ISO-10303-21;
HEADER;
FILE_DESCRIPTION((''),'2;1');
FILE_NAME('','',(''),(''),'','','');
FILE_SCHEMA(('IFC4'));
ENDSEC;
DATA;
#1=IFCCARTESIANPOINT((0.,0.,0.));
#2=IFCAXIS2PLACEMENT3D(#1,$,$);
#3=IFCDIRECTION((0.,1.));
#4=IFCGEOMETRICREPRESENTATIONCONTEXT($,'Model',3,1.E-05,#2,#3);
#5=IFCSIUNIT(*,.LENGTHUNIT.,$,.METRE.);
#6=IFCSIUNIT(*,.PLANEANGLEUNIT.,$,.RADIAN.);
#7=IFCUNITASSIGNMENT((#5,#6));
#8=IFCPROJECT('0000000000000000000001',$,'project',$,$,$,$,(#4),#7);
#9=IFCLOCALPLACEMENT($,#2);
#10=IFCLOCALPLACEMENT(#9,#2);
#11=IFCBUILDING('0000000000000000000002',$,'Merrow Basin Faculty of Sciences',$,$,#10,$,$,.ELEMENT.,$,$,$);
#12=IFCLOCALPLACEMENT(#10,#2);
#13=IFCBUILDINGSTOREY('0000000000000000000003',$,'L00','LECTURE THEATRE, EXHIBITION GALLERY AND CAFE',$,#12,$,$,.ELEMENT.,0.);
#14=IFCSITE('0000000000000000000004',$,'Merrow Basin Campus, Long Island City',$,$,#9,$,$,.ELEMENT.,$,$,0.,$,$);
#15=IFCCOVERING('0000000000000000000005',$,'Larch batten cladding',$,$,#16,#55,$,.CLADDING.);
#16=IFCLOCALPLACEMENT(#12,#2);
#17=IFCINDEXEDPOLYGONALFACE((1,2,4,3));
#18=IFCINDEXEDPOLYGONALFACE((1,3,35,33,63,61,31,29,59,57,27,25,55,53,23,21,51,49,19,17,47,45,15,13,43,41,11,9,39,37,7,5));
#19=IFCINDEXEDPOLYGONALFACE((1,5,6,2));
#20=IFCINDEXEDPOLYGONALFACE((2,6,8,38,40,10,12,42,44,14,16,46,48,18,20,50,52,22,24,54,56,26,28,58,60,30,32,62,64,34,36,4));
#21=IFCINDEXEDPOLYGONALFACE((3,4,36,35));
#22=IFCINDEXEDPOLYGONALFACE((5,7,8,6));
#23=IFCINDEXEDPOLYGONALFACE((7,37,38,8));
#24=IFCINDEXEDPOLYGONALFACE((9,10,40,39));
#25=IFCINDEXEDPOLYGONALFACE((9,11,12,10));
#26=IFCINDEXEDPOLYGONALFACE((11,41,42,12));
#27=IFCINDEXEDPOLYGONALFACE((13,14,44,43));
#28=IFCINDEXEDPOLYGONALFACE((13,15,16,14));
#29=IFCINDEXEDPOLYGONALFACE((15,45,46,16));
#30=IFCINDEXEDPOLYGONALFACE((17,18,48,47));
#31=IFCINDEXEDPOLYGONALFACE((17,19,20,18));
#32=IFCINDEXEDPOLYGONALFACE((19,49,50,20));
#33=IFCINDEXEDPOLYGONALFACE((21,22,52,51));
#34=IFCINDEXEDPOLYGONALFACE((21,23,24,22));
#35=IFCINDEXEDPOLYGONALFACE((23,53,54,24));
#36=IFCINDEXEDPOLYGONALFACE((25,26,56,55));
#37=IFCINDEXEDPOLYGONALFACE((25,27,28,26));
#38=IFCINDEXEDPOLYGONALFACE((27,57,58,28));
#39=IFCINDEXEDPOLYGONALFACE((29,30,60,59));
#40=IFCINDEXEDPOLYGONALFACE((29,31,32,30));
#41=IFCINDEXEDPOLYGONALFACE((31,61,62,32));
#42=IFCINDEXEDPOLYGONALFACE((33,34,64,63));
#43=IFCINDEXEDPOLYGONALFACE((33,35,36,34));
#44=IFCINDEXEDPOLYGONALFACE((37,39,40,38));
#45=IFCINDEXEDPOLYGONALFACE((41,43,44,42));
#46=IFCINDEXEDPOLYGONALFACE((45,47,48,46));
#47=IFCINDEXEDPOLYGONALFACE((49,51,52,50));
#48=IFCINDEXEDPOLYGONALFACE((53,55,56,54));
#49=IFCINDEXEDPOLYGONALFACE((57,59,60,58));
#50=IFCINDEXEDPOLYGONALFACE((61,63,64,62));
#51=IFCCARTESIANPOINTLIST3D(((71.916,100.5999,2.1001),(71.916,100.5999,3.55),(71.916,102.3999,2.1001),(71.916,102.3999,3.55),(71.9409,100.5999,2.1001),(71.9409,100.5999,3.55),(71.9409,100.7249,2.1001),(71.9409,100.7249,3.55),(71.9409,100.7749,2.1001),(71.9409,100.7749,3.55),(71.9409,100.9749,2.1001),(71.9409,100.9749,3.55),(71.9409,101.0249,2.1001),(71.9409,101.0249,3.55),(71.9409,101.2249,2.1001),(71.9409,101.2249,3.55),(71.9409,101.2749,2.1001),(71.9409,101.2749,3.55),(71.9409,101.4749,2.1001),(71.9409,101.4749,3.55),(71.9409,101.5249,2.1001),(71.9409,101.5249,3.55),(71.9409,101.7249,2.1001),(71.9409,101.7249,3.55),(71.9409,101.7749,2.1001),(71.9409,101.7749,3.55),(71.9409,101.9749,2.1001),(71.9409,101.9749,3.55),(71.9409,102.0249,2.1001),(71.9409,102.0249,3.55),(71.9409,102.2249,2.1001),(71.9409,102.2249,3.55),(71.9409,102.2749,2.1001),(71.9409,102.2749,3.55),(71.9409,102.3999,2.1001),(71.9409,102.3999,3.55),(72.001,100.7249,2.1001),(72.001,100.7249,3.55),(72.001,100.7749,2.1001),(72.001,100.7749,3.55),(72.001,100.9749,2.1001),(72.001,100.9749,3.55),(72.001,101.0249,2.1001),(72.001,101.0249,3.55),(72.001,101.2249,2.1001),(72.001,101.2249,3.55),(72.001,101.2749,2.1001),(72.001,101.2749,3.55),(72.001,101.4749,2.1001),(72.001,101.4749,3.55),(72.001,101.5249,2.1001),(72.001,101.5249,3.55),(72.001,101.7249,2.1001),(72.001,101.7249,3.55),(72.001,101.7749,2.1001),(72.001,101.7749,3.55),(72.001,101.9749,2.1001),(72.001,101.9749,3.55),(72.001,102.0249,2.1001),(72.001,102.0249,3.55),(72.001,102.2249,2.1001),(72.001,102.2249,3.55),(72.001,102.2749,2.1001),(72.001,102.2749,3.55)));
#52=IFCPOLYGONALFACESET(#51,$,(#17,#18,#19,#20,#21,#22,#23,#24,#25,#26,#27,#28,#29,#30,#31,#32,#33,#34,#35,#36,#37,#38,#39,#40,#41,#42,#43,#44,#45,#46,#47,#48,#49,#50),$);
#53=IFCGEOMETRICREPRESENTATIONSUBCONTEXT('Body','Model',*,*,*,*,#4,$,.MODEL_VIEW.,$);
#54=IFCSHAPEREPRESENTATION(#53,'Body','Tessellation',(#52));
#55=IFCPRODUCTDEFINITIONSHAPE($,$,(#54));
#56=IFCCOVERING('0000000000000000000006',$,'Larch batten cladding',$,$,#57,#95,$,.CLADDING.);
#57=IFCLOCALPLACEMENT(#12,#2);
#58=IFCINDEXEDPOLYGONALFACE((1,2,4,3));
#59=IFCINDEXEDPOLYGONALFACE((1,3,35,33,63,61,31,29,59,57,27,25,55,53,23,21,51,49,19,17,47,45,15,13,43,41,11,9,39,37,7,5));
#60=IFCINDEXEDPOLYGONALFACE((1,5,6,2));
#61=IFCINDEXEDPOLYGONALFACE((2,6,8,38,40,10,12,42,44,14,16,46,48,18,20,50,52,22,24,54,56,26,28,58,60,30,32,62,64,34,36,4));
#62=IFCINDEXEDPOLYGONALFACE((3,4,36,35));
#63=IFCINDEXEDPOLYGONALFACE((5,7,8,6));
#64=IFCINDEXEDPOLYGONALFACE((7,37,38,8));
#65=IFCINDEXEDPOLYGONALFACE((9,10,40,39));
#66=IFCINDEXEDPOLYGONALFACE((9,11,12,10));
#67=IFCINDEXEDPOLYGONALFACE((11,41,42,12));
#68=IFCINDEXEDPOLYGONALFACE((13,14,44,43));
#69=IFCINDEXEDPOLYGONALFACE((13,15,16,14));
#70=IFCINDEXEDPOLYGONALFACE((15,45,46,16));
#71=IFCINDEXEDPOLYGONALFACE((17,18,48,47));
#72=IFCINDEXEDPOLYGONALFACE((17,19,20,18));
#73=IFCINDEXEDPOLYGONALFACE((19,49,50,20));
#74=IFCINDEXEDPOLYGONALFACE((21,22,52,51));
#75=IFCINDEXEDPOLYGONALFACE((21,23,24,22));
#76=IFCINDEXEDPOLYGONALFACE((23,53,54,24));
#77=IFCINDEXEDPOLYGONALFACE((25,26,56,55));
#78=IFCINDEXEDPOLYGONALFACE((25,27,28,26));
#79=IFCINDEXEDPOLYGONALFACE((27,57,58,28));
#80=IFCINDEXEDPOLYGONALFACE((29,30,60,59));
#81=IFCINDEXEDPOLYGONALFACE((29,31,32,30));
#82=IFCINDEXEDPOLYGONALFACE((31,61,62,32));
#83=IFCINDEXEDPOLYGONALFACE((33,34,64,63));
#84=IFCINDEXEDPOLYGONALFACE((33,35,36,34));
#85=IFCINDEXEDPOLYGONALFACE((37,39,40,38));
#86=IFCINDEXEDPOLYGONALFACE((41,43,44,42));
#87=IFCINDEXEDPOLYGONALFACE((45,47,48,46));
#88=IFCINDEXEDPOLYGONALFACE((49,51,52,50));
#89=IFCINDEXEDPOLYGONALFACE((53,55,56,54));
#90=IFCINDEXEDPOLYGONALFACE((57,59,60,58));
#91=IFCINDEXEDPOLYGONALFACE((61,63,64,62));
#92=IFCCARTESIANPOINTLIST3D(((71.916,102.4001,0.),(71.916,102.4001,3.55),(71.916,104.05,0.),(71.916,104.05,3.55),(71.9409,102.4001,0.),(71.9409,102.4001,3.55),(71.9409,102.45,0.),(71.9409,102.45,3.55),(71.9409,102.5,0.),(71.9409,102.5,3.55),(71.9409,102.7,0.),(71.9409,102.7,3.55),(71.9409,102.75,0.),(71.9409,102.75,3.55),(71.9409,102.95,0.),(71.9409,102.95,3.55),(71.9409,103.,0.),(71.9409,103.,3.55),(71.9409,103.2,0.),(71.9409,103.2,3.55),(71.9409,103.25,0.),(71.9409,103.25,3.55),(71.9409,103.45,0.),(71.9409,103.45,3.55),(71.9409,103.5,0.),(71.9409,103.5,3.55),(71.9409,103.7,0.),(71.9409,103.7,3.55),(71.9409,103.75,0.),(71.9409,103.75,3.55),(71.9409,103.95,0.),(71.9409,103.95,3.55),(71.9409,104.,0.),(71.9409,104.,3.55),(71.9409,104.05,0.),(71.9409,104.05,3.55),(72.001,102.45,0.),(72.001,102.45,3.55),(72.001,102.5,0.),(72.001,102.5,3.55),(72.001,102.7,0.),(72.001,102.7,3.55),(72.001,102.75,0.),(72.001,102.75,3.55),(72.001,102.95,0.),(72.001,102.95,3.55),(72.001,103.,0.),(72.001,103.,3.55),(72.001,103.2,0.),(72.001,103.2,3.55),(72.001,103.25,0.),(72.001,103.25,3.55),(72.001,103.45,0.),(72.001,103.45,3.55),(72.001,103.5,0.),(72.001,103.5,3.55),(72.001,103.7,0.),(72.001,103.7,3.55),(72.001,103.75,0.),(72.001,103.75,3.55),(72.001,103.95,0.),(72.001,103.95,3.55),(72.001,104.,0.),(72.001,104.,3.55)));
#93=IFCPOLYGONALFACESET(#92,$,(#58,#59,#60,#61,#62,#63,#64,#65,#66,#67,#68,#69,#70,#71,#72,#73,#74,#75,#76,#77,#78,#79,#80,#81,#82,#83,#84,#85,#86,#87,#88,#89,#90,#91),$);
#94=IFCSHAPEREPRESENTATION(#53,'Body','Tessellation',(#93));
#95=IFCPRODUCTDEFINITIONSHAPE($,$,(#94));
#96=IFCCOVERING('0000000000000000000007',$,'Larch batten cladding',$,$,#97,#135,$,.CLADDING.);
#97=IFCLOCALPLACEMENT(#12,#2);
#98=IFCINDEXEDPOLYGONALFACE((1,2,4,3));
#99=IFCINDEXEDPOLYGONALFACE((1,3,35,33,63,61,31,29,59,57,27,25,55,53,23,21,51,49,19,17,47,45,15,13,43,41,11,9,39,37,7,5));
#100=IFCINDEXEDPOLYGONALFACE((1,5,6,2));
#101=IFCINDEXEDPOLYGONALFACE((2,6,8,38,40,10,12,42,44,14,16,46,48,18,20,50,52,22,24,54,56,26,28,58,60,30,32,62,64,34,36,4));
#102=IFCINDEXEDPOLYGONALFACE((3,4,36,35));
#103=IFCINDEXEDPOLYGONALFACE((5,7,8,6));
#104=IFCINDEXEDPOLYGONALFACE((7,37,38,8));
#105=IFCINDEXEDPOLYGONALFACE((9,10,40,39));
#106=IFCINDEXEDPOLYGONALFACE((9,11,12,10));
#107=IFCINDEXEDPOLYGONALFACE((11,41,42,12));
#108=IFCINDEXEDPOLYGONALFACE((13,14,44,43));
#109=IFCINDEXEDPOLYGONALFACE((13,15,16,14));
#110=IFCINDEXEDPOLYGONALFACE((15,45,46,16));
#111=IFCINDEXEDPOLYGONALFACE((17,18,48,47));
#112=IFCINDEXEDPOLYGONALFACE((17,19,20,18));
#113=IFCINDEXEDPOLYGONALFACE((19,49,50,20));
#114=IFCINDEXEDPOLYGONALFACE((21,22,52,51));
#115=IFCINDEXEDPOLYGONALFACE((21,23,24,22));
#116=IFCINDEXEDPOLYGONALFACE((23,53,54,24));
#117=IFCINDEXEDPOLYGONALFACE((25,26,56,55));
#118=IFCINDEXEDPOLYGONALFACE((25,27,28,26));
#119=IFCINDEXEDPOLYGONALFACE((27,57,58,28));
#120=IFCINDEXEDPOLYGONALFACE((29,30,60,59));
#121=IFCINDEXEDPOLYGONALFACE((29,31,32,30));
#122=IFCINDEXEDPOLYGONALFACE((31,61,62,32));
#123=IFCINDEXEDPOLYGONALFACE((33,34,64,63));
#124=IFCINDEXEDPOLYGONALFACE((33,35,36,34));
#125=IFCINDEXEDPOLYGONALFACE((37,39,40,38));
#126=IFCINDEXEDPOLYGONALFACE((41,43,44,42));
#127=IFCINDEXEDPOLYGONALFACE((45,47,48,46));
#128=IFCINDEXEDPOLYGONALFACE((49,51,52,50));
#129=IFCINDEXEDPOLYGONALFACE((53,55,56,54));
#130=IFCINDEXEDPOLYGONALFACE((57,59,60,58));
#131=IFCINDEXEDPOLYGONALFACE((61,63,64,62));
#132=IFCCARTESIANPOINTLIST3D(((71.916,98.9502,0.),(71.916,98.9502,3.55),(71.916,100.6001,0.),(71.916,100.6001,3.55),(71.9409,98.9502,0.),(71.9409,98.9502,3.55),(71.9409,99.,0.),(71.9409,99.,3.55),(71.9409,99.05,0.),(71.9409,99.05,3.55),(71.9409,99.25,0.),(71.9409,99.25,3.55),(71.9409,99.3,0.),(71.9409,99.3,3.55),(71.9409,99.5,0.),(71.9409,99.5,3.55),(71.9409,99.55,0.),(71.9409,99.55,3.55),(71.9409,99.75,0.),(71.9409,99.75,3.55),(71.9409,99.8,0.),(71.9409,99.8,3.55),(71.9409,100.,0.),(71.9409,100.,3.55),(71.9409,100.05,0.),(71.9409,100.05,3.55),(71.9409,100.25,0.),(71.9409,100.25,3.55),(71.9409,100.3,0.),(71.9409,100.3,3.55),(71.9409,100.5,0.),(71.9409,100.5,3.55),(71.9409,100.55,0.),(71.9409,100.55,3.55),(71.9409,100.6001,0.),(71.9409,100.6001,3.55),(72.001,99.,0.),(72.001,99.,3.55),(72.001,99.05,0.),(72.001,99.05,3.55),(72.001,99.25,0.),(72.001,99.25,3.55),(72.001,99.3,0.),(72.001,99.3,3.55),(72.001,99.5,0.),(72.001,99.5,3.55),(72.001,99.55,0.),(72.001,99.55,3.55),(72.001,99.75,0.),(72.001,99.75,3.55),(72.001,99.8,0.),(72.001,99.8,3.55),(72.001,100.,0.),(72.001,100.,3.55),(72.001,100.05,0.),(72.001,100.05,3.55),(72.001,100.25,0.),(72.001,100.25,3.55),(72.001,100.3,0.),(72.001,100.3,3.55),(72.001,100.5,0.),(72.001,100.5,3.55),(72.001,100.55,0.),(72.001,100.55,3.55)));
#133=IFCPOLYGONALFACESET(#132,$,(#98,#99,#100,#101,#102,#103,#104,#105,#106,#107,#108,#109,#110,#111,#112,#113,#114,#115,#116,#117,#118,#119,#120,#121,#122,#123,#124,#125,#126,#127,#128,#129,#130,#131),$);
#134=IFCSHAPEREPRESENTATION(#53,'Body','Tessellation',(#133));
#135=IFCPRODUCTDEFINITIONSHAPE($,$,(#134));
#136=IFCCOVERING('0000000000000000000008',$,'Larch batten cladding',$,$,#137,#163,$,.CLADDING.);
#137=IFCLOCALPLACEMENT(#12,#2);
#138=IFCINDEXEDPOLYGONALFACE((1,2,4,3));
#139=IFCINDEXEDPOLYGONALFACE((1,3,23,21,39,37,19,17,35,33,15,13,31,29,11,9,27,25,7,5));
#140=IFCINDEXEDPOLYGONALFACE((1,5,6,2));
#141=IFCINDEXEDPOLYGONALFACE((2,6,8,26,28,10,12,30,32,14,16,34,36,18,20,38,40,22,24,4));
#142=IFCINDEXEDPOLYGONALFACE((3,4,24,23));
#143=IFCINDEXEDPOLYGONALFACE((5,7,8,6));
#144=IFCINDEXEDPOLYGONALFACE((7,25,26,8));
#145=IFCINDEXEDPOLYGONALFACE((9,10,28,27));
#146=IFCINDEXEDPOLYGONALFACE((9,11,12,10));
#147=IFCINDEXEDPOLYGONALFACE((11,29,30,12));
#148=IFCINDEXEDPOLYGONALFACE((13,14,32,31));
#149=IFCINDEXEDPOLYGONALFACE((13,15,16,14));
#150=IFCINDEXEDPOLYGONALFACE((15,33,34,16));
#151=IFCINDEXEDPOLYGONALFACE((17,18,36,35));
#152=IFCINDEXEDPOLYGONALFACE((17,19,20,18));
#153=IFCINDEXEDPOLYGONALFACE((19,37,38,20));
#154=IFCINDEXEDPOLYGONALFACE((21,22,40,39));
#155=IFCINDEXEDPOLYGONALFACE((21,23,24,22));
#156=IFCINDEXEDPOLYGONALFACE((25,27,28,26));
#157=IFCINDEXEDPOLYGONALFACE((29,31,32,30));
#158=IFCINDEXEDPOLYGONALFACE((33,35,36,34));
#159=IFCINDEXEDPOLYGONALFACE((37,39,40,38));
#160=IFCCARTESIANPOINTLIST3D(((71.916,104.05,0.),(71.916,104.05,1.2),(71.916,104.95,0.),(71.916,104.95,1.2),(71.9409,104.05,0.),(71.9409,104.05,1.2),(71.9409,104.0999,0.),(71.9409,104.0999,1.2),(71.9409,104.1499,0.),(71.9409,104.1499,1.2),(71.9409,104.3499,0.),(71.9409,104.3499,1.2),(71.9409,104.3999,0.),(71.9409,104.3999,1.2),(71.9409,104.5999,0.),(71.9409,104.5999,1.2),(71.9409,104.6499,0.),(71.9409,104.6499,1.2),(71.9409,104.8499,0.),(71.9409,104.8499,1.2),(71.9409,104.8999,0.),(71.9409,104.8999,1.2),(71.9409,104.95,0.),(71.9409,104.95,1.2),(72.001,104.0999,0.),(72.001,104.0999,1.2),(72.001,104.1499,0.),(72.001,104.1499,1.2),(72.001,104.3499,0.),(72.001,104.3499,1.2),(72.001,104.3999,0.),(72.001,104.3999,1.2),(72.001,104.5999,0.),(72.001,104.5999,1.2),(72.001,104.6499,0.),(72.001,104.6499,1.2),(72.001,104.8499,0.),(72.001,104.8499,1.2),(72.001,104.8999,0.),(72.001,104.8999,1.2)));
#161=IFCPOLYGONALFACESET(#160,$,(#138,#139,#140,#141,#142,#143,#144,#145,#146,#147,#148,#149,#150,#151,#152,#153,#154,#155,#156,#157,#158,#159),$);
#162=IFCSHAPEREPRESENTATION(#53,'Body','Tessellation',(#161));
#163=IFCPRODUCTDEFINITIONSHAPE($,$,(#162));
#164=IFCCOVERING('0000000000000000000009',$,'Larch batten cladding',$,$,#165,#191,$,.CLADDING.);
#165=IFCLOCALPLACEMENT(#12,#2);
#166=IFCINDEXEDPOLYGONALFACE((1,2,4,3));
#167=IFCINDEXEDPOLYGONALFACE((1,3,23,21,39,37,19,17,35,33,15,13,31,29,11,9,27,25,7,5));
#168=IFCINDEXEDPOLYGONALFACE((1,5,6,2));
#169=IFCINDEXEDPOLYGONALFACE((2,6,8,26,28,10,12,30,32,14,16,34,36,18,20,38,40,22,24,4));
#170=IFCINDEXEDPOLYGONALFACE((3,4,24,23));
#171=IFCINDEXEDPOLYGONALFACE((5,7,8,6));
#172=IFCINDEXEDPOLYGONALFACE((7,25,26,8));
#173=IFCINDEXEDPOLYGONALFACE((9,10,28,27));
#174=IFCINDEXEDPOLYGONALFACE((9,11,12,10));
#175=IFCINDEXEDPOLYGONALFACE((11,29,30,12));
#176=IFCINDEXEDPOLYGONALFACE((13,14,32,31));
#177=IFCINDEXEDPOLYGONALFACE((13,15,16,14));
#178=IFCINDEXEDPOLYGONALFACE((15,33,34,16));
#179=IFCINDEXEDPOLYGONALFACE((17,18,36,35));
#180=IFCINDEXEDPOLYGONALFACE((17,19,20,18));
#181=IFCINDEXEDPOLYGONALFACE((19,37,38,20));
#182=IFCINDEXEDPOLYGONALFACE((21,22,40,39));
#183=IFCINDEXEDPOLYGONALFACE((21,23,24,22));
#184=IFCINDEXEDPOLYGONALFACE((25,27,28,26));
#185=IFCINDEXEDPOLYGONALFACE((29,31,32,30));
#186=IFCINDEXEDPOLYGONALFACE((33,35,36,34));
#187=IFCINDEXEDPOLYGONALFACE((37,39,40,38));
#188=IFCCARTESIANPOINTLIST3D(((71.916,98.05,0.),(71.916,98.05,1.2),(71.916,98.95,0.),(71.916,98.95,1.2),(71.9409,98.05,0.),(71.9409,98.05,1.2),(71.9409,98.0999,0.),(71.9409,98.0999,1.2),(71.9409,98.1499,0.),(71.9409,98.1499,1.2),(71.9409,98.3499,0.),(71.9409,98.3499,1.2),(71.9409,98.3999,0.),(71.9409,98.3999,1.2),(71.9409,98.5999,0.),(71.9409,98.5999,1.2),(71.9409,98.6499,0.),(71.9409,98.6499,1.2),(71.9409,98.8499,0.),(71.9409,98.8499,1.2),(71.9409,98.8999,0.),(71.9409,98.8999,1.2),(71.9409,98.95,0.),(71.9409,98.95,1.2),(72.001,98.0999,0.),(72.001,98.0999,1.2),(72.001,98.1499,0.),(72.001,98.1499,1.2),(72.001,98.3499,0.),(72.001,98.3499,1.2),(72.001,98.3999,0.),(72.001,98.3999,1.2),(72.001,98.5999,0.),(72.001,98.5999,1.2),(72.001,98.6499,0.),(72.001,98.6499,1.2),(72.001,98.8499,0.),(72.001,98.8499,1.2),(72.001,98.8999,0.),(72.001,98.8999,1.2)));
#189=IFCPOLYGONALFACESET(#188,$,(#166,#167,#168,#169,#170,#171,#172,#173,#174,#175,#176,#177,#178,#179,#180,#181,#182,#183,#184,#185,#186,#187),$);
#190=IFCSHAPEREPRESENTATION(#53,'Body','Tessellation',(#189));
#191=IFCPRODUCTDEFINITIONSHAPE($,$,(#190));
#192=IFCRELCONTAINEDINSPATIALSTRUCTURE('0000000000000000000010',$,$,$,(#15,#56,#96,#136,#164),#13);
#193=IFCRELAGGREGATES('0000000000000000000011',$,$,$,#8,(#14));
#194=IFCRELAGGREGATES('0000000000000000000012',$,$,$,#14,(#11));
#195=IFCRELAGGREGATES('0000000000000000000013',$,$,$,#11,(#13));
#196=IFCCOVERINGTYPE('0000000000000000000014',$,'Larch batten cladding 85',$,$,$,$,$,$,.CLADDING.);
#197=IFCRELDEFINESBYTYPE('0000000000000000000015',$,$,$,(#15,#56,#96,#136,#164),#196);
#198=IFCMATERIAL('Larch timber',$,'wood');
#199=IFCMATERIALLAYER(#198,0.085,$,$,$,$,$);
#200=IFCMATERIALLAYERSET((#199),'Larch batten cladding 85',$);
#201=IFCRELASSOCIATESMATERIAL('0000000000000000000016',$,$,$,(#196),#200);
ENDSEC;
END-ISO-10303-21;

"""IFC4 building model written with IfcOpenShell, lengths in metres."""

from ifc_helpers import new_model, si_unit, direction, frame, origin, place, context, subcontext, project, spatial, polyline, outline, extrude, source, transform, mapped, material, layer, layer_set, type_object, element, save


model = new_model("IFC4")

# Units and contexts
model_context = context("Model", 3, precision=1e-05, world=origin(), true_north=direction((0.0, 1.0)))
body_context = subcontext(model_context, "Body", "Model", "MODEL_VIEW")
ifc_project = project(units=[si_unit("LENGTHUNIT", "METRE"), si_unit("PLANEANGLEUNIT", "RADIAN")], contexts=[model_context])

# Site, building, storey
site_placement = place(None, origin())
site = spatial("IfcSite", under=ifc_project, at=site_placement, Name="Merrow Basin Campus, Long Island City", CompositionType="ELEMENT", RefElevation=0.0)
building_placement = place(site_placement, origin())
building = spatial("IfcBuilding", under=site, at=building_placement, Name="Merrow Basin Faculty of Sciences", CompositionType="ELEMENT")
storey_placement = place(building_placement, origin())
storey = spatial("IfcBuildingStorey", under=building, at=storey_placement, Name="L00", Description="LECTURE THEATRE, EXHIBITION GALLERY AND CAFE", CompositionType="ELEMENT", Elevation=0.0)

# Coverings
ifc_material_1 = material(Name="Larch timber", Category="wood")
ifc_layer_1 = layer(ifc_material_1, 0.085)
ifc_layer_set_1 = layer_set([ifc_layer_1], Name="Larch batten cladding 85")
covering_type = type_object("IfcCoveringType", Name="Larch batten cladding 85", PredefinedType="CLADDING", material=ifc_layer_set_1)
shared_shape_1 = source(origin(), body_context, "Body", "SweptSolid", [
    extrude(outline(polyline([(0.0, 0.0), (1.8, 0.0), (1.8, 0.0249), (1.675, 0.0249), (1.675, 0.085), (1.625, 0.085), (1.625, 0.0249), (1.425, 0.0249), (1.425, 0.085), (1.375, 0.085), (1.375, 0.0249), (1.175, 0.0249), (1.175, 0.085), (1.125, 0.085), (1.125, 0.0249), (0.925, 0.0249), (0.925, 0.085), (0.875, 0.085), (0.875, 0.0249), (0.675, 0.0249), (0.675, 0.085), (0.625, 0.085), (0.625, 0.0249), (0.425, 0.0249), (0.425, 0.085), (0.375, 0.085), (0.375, 0.0249), (0.175, 0.0249), (0.175, 0.085), (0.125, 0.085), (0.125, 0.0249), (0.0, 0.0249), (0.0, 0.0)])), origin(), (0.0, 0.0, 1.0), 1.45),
])
covering_1_placement = place(storey_placement, frame((71.916, 102.3999, 2.1001), z_axis=(0.0, 0.0, 1.0), x_axis=(0.0, -1.0, 0.0)))
element("IfcCovering", 1, at=covering_1_placement, inside=storey, type_object=covering_type, Name="Larch batten cladding", PredefinedType="CLADDING", context=body_context, shape_type="MappedRepresentation", body=[
    mapped(shared_shape_1, transform((0.0, 0.0, 0.0), scale=1.0)),
])
shared_shape_2 = source(origin(), body_context, "Body", "SweptSolid", [
    extrude(outline(polyline([(0.0, 0.0), (1.6499, 0.0), (1.6499, 0.0249), (1.6001, 0.0249), (1.6001, 0.085), (1.55, 0.085), (1.55, 0.0249), (1.3501, 0.0249), (1.3501, 0.085), (1.3, 0.085), (1.3, 0.0249), (1.1001, 0.0249), (1.1001, 0.085), (1.05, 0.085), (1.05, 0.0249), (0.8501, 0.0249), (0.8501, 0.085), (0.8, 0.085), (0.8, 0.0249), (0.6001, 0.0249), (0.6001, 0.085), (0.55, 0.085), (0.55, 0.0249), (0.3501, 0.0249), (0.3501, 0.085), (0.3, 0.085), (0.3, 0.0249), (0.1001, 0.0249), (0.1001, 0.085), (0.05, 0.085), (0.05, 0.0249), (0.0, 0.0249), (0.0, 0.0)])), origin(), (0.0, 0.0, 1.0), 3.55),
])
for number, where, z_axis, x_axis, name in (
    (2, (71.916, 104.05, 0.0), (0.0, 0.0, 1.0), (0.0, -1.0, 0.0), "Larch batten cladding"),
    (3, (71.916, 100.6001, 0.0), (0.0, 0.0, 1.0), (0.0, -1.0, 0.0), "Larch batten cladding"),
):
    element("IfcCovering", number, at=place(storey_placement, frame(where, z_axis=z_axis, x_axis=x_axis)), inside=storey, type_object=covering_type, Name=name, PredefinedType="CLADDING", context=body_context, shape_type="MappedRepresentation", body=[
        mapped(shared_shape_2, transform((0.0, 0.0, 0.0), scale=1.0)),
    ])
shared_shape_3 = source(origin(), body_context, "Body", "SweptSolid", [
    extrude(outline(polyline([(0.0, 0.0), (0.8999, 0.0), (0.8999, 0.0249), (0.8501, 0.0249), (0.8501, 0.085), (0.8, 0.085), (0.8, 0.0249), (0.6001, 0.0249), (0.6001, 0.085), (0.55, 0.085), (0.55, 0.0249), (0.3501, 0.0249), (0.3501, 0.085), (0.3, 0.085), (0.3, 0.0249), (0.1001, 0.0249), (0.1001, 0.085), (0.05, 0.085), (0.05, 0.0249), (0.0, 0.0249), (0.0, 0.0)])), origin(), (0.0, 0.0, 1.0), 1.2),
])
for number, where, z_axis, x_axis, name in (
    (4, (71.916, 104.95, 0.0), (0.0, 0.0, 1.0), (0.0, -1.0, 0.0), "Larch batten cladding"),
    (5, (71.916, 98.95, 0.0), (0.0, 0.0, 1.0), (0.0, -1.0, 0.0), "Larch batten cladding"),
):
    element("IfcCovering", number, at=place(storey_placement, frame(where, z_axis=z_axis, x_axis=x_axis)), inside=storey, type_object=covering_type, Name=name, PredefinedType="CLADDING", context=body_context, shape_type="MappedRepresentation", body=[
        mapped(shared_shape_3, transform((0.0, 0.0, 0.0), scale=1.0)),
    ])

save(model, "model.ifc")
